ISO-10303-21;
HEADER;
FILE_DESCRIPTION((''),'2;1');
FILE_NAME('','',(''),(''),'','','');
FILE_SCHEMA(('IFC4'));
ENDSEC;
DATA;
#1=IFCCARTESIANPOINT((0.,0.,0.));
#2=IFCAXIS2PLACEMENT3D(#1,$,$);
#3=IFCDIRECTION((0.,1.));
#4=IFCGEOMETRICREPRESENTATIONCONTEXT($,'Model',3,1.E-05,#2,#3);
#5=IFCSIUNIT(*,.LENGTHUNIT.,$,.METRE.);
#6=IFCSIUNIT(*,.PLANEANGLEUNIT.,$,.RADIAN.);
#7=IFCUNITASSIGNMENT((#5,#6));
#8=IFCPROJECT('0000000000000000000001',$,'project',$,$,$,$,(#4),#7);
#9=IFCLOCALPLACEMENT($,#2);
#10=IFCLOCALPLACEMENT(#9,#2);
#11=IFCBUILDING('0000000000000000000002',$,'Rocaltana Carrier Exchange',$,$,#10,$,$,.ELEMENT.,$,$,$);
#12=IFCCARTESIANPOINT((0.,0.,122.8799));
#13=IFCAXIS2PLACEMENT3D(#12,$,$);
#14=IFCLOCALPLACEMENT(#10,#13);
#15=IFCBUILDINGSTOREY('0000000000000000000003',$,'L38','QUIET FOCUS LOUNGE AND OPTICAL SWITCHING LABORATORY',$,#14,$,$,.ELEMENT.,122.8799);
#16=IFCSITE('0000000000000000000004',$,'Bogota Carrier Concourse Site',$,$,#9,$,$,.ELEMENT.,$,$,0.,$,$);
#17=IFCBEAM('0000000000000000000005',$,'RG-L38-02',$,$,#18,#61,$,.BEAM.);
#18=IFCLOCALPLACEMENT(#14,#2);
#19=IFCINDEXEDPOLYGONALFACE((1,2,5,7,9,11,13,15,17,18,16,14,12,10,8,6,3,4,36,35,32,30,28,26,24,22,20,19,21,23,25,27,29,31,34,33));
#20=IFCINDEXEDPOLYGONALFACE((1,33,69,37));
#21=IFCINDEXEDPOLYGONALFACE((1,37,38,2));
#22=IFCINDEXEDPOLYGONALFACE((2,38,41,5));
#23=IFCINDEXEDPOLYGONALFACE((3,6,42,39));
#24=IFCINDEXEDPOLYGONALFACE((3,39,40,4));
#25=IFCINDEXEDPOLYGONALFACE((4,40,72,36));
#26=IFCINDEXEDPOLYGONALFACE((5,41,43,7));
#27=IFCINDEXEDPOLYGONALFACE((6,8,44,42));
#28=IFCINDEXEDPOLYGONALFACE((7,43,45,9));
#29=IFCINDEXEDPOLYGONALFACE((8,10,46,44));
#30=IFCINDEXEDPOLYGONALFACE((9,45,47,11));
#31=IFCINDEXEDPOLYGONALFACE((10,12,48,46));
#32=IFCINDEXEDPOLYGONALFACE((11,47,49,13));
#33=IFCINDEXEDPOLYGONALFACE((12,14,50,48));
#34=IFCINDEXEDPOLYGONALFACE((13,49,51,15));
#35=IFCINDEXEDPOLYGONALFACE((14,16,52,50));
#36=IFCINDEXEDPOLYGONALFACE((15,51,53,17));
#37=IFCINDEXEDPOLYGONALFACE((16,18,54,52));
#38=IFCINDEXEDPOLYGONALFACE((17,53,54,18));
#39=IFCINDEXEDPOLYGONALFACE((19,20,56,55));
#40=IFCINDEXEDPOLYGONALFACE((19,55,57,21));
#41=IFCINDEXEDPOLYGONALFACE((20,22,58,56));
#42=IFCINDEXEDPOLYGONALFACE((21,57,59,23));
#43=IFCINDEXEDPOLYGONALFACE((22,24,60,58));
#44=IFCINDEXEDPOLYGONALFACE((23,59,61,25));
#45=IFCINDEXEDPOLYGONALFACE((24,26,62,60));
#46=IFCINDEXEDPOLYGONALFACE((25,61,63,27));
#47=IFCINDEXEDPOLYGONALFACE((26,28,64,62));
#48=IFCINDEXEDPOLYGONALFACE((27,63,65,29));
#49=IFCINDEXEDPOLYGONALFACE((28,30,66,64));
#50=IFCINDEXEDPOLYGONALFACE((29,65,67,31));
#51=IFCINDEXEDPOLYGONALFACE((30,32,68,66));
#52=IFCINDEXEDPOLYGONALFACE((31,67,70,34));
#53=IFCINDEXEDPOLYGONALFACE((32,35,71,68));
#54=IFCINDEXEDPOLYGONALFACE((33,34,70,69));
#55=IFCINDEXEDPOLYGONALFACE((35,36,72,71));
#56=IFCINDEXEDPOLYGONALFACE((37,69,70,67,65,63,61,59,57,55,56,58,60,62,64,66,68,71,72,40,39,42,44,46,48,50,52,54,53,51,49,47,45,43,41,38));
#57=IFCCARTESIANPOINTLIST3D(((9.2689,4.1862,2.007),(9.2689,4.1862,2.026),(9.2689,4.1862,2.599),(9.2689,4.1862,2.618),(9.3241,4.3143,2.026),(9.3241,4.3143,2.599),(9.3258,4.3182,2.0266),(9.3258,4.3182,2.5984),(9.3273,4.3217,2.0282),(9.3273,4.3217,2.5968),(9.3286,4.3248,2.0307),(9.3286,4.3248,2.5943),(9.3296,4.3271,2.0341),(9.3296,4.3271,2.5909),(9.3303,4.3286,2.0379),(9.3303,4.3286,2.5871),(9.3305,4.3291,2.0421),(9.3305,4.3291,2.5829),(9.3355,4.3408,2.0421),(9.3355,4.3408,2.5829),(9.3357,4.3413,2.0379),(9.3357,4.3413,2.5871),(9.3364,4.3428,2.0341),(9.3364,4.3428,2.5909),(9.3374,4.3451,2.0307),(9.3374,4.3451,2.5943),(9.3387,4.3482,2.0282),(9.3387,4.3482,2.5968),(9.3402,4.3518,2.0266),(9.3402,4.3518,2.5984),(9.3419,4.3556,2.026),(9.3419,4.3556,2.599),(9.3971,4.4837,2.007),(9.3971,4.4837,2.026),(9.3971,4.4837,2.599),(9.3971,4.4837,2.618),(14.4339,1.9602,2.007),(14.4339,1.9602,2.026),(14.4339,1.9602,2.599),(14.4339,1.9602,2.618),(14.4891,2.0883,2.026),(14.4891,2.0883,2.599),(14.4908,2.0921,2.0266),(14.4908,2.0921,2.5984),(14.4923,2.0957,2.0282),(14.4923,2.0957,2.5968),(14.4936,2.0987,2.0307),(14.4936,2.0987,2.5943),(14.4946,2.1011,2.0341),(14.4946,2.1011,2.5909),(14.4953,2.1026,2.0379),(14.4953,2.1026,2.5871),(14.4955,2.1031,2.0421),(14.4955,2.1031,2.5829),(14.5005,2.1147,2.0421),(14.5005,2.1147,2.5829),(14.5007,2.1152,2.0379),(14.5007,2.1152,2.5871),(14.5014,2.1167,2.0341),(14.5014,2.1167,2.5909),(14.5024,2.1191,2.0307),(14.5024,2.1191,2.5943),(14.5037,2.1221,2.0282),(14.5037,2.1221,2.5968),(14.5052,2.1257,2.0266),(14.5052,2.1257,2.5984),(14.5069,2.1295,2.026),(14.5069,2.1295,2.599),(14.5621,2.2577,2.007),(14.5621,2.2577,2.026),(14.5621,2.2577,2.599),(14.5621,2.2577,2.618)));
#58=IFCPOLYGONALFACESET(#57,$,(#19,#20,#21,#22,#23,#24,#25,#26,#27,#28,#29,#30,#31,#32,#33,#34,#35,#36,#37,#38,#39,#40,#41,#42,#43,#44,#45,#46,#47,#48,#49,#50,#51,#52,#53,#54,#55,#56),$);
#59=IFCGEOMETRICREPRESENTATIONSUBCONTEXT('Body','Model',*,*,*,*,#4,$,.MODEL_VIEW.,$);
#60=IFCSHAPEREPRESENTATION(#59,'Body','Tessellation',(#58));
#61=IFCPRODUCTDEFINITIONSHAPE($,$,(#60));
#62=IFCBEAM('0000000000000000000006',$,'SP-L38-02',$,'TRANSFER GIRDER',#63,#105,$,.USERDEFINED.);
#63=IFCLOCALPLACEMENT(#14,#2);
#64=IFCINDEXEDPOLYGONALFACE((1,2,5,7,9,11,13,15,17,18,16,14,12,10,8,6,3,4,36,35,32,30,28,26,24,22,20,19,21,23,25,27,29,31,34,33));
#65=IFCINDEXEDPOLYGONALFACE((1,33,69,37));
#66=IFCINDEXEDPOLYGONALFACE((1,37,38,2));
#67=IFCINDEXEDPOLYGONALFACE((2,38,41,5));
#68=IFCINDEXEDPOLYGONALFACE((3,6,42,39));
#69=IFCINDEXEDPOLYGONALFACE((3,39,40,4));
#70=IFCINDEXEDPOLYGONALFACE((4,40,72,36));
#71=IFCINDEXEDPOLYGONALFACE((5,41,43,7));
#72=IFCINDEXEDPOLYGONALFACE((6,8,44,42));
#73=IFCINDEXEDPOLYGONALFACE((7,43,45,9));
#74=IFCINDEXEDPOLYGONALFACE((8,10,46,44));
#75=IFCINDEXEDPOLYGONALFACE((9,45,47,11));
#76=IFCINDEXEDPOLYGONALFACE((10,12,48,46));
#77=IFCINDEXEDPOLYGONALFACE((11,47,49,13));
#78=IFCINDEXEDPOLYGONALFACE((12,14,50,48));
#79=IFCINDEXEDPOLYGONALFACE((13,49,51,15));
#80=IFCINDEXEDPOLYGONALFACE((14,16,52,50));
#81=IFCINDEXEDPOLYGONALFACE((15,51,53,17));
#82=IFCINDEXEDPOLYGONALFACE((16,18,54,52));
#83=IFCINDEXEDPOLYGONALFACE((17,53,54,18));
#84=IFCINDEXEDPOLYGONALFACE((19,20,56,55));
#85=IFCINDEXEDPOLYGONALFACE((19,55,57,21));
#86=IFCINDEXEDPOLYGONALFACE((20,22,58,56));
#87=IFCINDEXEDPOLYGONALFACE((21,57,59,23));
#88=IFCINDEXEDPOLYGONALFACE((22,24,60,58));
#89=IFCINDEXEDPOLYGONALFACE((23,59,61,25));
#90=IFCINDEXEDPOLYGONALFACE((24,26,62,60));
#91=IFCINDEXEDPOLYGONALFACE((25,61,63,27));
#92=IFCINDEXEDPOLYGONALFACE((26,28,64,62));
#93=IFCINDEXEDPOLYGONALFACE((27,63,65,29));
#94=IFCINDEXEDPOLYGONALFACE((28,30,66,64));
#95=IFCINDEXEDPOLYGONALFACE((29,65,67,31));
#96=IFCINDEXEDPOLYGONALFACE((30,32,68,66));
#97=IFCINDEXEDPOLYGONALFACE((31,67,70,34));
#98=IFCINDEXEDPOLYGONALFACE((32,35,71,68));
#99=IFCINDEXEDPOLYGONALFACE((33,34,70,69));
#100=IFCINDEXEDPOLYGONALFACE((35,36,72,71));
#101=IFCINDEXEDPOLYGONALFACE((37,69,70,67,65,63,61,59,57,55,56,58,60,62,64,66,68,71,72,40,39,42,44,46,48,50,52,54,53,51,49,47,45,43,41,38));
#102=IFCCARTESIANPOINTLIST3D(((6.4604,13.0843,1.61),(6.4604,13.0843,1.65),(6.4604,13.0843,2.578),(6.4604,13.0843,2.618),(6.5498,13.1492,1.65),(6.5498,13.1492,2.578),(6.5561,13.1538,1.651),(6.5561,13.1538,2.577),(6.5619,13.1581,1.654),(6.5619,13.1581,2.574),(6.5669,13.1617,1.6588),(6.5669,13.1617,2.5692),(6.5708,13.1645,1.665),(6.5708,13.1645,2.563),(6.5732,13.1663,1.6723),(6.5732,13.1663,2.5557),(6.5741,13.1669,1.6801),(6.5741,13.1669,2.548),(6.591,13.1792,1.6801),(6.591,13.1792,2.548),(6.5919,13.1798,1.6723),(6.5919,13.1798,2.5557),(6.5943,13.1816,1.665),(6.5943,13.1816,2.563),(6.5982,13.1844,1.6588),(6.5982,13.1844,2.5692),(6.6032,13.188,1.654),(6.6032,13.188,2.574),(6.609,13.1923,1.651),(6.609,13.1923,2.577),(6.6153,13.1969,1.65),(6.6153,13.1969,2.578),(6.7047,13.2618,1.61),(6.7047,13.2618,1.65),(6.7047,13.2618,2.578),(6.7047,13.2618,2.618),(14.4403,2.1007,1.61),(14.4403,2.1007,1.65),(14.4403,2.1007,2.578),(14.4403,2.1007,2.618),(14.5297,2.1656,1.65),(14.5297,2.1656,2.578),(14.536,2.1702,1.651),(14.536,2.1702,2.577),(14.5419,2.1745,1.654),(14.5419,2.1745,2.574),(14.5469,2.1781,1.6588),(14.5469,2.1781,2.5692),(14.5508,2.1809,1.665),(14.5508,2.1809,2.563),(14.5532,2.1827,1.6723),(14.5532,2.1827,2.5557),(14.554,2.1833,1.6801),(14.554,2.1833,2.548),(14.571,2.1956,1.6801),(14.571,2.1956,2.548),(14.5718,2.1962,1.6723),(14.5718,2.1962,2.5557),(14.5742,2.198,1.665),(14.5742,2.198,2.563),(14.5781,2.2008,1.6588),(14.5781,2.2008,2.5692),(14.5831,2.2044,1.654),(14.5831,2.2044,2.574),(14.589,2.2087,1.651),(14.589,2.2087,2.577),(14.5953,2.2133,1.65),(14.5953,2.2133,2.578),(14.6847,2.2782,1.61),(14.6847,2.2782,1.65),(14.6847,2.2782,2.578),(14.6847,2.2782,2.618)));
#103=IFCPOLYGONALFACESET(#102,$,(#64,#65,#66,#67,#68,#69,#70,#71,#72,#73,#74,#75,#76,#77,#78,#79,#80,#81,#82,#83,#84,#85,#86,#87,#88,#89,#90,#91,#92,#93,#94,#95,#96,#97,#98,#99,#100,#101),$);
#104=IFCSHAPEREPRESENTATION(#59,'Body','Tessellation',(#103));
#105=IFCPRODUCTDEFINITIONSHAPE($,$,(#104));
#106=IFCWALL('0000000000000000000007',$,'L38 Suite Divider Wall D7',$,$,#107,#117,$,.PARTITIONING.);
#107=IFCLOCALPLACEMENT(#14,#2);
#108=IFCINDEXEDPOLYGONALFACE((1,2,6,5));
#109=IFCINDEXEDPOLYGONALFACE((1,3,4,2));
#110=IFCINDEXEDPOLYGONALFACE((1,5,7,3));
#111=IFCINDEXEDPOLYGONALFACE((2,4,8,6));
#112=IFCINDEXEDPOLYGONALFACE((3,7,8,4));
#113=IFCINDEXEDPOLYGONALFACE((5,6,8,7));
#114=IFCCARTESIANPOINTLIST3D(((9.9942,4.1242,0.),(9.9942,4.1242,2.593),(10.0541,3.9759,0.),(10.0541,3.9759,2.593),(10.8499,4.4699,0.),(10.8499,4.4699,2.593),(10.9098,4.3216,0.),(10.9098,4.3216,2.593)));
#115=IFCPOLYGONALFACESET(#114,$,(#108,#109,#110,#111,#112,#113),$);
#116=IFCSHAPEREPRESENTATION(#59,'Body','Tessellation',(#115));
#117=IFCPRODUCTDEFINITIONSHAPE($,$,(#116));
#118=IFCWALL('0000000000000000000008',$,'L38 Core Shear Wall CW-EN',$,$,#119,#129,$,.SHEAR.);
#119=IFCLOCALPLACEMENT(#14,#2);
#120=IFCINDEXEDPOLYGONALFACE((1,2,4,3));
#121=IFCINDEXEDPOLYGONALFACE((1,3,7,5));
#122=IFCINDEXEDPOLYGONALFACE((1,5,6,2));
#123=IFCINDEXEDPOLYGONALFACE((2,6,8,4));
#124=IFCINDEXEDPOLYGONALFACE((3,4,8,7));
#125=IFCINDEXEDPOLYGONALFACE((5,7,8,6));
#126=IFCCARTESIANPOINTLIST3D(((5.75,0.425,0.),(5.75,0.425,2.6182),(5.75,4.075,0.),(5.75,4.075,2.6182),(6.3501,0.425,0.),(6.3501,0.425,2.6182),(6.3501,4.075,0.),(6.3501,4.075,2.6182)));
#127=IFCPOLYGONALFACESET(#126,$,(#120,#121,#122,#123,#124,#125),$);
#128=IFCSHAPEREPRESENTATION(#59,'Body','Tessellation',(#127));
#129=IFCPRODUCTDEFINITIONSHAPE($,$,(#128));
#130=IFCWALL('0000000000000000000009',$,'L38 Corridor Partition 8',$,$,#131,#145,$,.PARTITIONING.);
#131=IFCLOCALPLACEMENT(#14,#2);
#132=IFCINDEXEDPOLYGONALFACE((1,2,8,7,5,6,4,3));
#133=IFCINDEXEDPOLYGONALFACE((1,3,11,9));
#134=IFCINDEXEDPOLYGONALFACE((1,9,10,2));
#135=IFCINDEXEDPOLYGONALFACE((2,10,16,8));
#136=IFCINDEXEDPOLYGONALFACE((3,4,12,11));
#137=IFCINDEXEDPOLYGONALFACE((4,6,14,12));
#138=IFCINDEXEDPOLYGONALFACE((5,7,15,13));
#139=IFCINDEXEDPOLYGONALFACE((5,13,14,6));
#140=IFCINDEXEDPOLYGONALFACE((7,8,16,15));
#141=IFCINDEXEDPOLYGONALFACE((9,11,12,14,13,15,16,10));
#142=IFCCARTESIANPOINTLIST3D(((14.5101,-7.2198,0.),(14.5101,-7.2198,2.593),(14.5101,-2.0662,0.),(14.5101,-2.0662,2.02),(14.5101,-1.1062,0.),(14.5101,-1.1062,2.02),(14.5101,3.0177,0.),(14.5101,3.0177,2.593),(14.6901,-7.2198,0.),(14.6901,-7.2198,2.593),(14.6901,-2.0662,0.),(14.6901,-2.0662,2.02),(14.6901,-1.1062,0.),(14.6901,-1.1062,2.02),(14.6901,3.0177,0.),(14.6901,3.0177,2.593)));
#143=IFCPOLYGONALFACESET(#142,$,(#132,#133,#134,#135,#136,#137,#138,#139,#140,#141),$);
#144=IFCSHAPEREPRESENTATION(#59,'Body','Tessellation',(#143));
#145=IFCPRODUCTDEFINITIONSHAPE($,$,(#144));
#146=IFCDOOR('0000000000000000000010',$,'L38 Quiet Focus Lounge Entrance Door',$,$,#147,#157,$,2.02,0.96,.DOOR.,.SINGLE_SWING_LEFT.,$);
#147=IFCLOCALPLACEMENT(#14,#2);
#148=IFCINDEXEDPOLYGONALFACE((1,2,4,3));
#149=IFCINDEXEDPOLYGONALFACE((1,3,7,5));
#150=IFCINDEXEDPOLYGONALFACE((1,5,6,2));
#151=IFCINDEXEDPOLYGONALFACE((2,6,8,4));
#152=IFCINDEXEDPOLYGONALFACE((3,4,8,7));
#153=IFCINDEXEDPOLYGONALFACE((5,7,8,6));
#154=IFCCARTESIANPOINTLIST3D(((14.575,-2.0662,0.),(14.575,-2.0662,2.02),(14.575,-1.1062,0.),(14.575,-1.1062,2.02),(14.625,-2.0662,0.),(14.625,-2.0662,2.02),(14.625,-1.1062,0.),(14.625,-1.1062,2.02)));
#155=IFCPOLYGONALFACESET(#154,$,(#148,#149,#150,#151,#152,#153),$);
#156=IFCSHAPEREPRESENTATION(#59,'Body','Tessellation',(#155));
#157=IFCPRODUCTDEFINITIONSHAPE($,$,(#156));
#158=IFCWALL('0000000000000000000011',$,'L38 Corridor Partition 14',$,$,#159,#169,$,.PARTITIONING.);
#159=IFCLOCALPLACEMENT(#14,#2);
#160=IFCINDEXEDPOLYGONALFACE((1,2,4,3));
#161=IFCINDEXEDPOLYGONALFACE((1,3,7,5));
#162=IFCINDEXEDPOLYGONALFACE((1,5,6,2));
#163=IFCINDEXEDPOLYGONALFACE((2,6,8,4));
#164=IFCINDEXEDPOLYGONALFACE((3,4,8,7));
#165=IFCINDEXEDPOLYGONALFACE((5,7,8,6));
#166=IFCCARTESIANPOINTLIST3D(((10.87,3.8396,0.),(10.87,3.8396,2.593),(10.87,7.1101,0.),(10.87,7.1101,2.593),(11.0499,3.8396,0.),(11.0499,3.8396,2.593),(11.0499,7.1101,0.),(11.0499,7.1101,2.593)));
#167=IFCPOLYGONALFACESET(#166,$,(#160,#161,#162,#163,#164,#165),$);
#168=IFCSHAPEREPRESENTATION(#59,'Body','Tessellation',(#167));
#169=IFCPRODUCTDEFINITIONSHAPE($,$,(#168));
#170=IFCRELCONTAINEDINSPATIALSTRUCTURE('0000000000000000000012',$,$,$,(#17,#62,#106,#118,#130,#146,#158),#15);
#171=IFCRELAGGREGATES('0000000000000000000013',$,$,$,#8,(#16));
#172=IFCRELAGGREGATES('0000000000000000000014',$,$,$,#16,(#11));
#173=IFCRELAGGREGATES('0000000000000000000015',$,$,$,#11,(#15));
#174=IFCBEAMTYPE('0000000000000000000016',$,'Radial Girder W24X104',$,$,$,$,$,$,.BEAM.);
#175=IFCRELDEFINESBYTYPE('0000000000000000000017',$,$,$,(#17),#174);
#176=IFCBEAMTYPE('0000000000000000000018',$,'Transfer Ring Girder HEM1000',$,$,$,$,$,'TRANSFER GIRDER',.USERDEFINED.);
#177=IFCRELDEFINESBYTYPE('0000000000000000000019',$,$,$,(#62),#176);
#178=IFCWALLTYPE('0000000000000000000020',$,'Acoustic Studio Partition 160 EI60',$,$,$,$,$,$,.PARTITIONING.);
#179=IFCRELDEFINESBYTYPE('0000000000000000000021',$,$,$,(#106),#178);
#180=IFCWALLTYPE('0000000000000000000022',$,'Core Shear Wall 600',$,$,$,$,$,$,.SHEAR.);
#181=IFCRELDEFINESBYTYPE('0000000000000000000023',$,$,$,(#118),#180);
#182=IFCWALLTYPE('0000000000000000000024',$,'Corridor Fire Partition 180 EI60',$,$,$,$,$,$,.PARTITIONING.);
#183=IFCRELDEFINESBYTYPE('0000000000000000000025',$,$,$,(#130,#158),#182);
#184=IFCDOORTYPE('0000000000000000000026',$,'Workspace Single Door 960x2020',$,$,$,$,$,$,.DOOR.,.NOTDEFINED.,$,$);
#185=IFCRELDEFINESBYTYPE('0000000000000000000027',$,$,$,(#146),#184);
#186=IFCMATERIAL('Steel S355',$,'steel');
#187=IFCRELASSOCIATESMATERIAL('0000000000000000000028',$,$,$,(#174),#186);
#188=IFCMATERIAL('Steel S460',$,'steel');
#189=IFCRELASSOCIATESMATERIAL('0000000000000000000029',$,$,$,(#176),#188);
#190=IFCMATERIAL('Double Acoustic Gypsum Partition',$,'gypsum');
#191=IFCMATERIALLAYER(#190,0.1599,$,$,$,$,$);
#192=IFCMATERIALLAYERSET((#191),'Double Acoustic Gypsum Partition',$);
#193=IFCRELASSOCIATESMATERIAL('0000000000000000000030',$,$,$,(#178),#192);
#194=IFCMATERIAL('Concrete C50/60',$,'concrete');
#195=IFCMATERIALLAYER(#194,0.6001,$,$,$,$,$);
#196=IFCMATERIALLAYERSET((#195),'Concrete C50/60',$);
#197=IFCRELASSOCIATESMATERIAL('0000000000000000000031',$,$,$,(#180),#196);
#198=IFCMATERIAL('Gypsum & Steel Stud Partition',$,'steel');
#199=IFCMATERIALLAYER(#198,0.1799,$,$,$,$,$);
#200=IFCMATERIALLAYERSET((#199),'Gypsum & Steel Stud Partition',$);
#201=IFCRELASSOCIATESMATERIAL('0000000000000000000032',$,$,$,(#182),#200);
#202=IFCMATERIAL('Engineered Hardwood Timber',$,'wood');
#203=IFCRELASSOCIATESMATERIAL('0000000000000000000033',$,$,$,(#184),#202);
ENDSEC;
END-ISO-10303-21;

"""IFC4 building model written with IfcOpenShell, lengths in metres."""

from ifc_helpers import new_model, si_unit, direction, frame, frame_2d, origin, origin_2d, place, context, subcontext, project, spatial, rectangle, i_section, extrude, material, layer, layer_set, material_profile, profile_set, type_object, element, fill, save


model = new_model("IFC4")

# Units and contexts
model_context = context("Model", 3, precision=1e-05, world=origin(), true_north=direction((0.0, 1.0)))
body_context = subcontext(model_context, "Body", "Model", "MODEL_VIEW")
ifc_project = project(units=[si_unit("LENGTHUNIT", "METRE"), si_unit("PLANEANGLEUNIT", "RADIAN")], contexts=[model_context])

# Site, building, storey
site_placement = place(None, origin())
site = spatial("IfcSite", under=ifc_project, at=site_placement, Name="Bogota Carrier Concourse Site", CompositionType="ELEMENT", RefElevation=0.0)
building_placement = place(site_placement, origin())
building = spatial("IfcBuilding", under=site, at=building_placement, Name="Rocaltana Carrier Exchange", CompositionType="ELEMENT")
storey_placement = place(building_placement, frame((0.0, 0.0, 122.8799)))
storey = spatial("IfcBuildingStorey", under=building, at=storey_placement, Name="L38", Description="QUIET FOCUS LOUNGE AND OPTICAL SWITCHING LABORATORY", CompositionType="ELEMENT", Elevation=122.8799)

# Beams
ifc_material_1 = material(Name="Steel S355", Category="steel")
ifc_material_profile_1 = material_profile(ifc_material_1, i_section(OverallWidth=0.324, OverallDepth=0.6111, WebThickness=0.0127, FlangeThickness=0.019, FilletRadius=0.0161, at=origin_2d()), Name="W24X104")
ifc_profile_set_1 = profile_set([ifc_material_profile_1], Name="Steel S355")
beam_type_1 = type_object("IfcBeamType", Name="Radial Girder W24X104", PredefinedType="BEAM", material=ifc_profile_set_1)
beam_1_placement = place(storey_placement, frame((9.333, 4.335, 2.3125), z_axis=(0.918339, -0.395794, 0.0), x_axis=(0.395794, 0.918339, 0.0)))
element("IfcBeam", 1, at=beam_1_placement, inside=storey, type_object=beam_type_1, Name="RG-L38-02", PredefinedType="BEAM", context=body_context, shape_type="SweptSolid", body=[
    extrude(i_section(OverallWidth=0.324, OverallDepth=0.6111, WebThickness=0.0127, FlangeThickness=0.019, FilletRadius=0.0161, at=origin_2d()), origin(), (0.0, 0.0, 1.0), 5.6243),
])
ifc_material_2 = material(Name="Steel S460", Category="steel")
ifc_material_profile_2 = material_profile(ifc_material_2, i_section(OverallWidth=0.302, OverallDepth=1.0081, WebThickness=0.021, FlangeThickness=0.04, FilletRadius=0.03, at=origin_2d()), Name="HEM1000")
ifc_profile_set_2 = profile_set([ifc_material_profile_2], Name="Steel S460")
beam_type_2 = type_object("IfcBeamType", Name="Transfer Ring Girder HEM1000", ElementType="TRANSFER GIRDER", PredefinedType="USERDEFINED", material=ifc_profile_set_2)
beam_2_placement = place(storey_placement, frame((14.5625, 2.1895, 2.114), z_axis=(-0.58778, 0.809021, 0.0), x_axis=(-0.809021, -0.58778, 0.0)))
element("IfcBeam", 2, at=beam_2_placement, inside=storey, type_object=beam_type_2, Name="SP-L38-02", ObjectType="TRANSFER GIRDER", PredefinedType="USERDEFINED", context=body_context, shape_type="SweptSolid", body=[
    extrude(i_section(OverallWidth=0.302, OverallDepth=1.0081, WebThickness=0.021, FlangeThickness=0.04, FilletRadius=0.03, at=origin_2d()), origin(), (0.0, 0.0, 1.0), 13.5764),
])

# Walls
ifc_material_3 = material(Name="Double Acoustic Gypsum Partition", Category="gypsum")
ifc_layer_1 = layer(ifc_material_3, 0.1599)
ifc_layer_set_1 = layer_set([ifc_layer_1], Name="Double Acoustic Gypsum Partition")
wall_type_1 = type_object("IfcWallType", Name="Acoustic Studio Partition 160 EI60", PredefinedType="PARTITIONING", material=ifc_layer_set_1)
wall_1_placement = place(storey_placement, frame((10.0242, 4.05, 0.0), z_axis=(0.0, 0.0, 1.0), x_axis=(0.927194, 0.374581, 0.0)))
element("IfcWall", 3, at=wall_1_placement, inside=storey, type_object=wall_type_1, Name="L38 Suite Divider Wall D7", PredefinedType="PARTITIONING", context=body_context, shape_type="SweptSolid", body=[
    extrude(rectangle(XDim=0.9229, YDim=0.1599, at=frame_2d((0.4614, 0.0))), origin(), (0.0, 0.0, 1.0), 2.593),
])
ifc_material_4 = material(Name="Concrete C50/60", Category="concrete")
ifc_layer_2 = layer(ifc_material_4, 0.6001)
ifc_layer_set_2 = layer_set([ifc_layer_2], Name="Concrete C50/60")
wall_type_2 = type_object("IfcWallType", Name="Core Shear Wall 600", PredefinedType="SHEAR", material=ifc_layer_set_2)
wall_2_placement = place(storey_placement, frame((6.05, 0.425, 0.0), z_axis=(0.0, 0.0, 1.0), x_axis=(0.0, 1.0, 0.0)))
element("IfcWall", 4, at=wall_2_placement, inside=storey, type_object=wall_type_2, Name="L38 Core Shear Wall CW-EN", PredefinedType="SHEAR", context=body_context, shape_type="SweptSolid", body=[
    extrude(rectangle(XDim=3.6499, YDim=0.6001, at=frame_2d((1.825, 0.0))), origin(), (0.0, 0.0, 1.0), 2.6182),
])

# Wall, opening, door
ifc_material_5 = material(Name="Gypsum & Steel Stud Partition", Category="steel")
ifc_layer_3 = layer(ifc_material_5, 0.1799)
ifc_layer_set_3 = layer_set([ifc_layer_3], Name="Gypsum & Steel Stud Partition")
wall_type_3 = type_object("IfcWallType", Name="Corridor Fire Partition 180 EI60", PredefinedType="PARTITIONING", material=ifc_layer_set_3)
wall_3_placement = place(storey_placement, frame((14.6001, 3.0176, 0.0), z_axis=(0.0, 0.0, 1.0), x_axis=(0.0, -1.0, 0.0)))
wall_3 = element("IfcWall", 5, at=wall_3_placement, inside=storey, type_object=wall_type_3, Name="L38 Corridor Partition 8", PredefinedType="PARTITIONING", context=body_context, shape_type="SweptSolid", body=[
    extrude(rectangle(XDim=10.2375, YDim=0.1799, at=frame_2d((5.1187, 0.0))), origin(), (0.0, 0.0, 1.0), 2.593),
])
opening_placement = place(wall_3_placement, frame((4.1238, 0.0, 0.0)))
opening = element("IfcOpeningElement", 6, at=opening_placement, cuts=wall_3, PredefinedType="OPENING", context=body_context, shape_type="SweptSolid", body=[
    extrude(rectangle(XDim=0.96, YDim=2.02, at=frame_2d((0.48, 1.01))), frame((0.0, 0.0999, 0.0), z_axis=(0.0, -1.0, 0.0), x_axis=(1.0, 0.0, 0.0)), (0.0, 0.0, 1.0), 0.2),
])
ifc_material_6 = material(Name="Engineered Hardwood Timber", Category="wood")
door_type = type_object("IfcDoorType", Name="Workspace Single Door 960x2020", OperationType="NOTDEFINED", PredefinedType="DOOR", material=ifc_material_6)
door_placement = place(opening_placement, origin())
door = element("IfcDoor", 7, at=door_placement, inside=storey, type_object=door_type, Name="L38 Quiet Focus Lounge Entrance Door", OperationType="SINGLE_SWING_LEFT", OverallHeight=2.02, OverallWidth=0.96, PredefinedType="DOOR", context=body_context, shape_type="SweptSolid", body=[
    extrude(rectangle(XDim=0.96, YDim=2.02, at=frame_2d((0.48, 1.01))), frame((0.0, 0.0249, 0.0), z_axis=(0.0, -1.0, 0.0), x_axis=(1.0, 0.0, 0.0)), (0.0, 0.0, 1.0), 0.05),
])
fill(opening, door)

# Wall
wall_4_placement = place(storey_placement, frame((10.96, 3.8396, 0.0), z_axis=(0.0, 0.0, 1.0), x_axis=(0.0, 1.0, 0.0)))
element("IfcWall", 8, at=wall_4_placement, inside=storey, type_object=wall_type_3, Name="L38 Corridor Partition 14", PredefinedType="PARTITIONING", context=body_context, shape_type="SweptSolid", body=[
    extrude(rectangle(XDim=3.2705, YDim=0.1799, at=frame_2d((1.6353, 0.0))), origin(), (0.0, 0.0, 1.0), 2.593),
])

save(model, "model.ifc")
